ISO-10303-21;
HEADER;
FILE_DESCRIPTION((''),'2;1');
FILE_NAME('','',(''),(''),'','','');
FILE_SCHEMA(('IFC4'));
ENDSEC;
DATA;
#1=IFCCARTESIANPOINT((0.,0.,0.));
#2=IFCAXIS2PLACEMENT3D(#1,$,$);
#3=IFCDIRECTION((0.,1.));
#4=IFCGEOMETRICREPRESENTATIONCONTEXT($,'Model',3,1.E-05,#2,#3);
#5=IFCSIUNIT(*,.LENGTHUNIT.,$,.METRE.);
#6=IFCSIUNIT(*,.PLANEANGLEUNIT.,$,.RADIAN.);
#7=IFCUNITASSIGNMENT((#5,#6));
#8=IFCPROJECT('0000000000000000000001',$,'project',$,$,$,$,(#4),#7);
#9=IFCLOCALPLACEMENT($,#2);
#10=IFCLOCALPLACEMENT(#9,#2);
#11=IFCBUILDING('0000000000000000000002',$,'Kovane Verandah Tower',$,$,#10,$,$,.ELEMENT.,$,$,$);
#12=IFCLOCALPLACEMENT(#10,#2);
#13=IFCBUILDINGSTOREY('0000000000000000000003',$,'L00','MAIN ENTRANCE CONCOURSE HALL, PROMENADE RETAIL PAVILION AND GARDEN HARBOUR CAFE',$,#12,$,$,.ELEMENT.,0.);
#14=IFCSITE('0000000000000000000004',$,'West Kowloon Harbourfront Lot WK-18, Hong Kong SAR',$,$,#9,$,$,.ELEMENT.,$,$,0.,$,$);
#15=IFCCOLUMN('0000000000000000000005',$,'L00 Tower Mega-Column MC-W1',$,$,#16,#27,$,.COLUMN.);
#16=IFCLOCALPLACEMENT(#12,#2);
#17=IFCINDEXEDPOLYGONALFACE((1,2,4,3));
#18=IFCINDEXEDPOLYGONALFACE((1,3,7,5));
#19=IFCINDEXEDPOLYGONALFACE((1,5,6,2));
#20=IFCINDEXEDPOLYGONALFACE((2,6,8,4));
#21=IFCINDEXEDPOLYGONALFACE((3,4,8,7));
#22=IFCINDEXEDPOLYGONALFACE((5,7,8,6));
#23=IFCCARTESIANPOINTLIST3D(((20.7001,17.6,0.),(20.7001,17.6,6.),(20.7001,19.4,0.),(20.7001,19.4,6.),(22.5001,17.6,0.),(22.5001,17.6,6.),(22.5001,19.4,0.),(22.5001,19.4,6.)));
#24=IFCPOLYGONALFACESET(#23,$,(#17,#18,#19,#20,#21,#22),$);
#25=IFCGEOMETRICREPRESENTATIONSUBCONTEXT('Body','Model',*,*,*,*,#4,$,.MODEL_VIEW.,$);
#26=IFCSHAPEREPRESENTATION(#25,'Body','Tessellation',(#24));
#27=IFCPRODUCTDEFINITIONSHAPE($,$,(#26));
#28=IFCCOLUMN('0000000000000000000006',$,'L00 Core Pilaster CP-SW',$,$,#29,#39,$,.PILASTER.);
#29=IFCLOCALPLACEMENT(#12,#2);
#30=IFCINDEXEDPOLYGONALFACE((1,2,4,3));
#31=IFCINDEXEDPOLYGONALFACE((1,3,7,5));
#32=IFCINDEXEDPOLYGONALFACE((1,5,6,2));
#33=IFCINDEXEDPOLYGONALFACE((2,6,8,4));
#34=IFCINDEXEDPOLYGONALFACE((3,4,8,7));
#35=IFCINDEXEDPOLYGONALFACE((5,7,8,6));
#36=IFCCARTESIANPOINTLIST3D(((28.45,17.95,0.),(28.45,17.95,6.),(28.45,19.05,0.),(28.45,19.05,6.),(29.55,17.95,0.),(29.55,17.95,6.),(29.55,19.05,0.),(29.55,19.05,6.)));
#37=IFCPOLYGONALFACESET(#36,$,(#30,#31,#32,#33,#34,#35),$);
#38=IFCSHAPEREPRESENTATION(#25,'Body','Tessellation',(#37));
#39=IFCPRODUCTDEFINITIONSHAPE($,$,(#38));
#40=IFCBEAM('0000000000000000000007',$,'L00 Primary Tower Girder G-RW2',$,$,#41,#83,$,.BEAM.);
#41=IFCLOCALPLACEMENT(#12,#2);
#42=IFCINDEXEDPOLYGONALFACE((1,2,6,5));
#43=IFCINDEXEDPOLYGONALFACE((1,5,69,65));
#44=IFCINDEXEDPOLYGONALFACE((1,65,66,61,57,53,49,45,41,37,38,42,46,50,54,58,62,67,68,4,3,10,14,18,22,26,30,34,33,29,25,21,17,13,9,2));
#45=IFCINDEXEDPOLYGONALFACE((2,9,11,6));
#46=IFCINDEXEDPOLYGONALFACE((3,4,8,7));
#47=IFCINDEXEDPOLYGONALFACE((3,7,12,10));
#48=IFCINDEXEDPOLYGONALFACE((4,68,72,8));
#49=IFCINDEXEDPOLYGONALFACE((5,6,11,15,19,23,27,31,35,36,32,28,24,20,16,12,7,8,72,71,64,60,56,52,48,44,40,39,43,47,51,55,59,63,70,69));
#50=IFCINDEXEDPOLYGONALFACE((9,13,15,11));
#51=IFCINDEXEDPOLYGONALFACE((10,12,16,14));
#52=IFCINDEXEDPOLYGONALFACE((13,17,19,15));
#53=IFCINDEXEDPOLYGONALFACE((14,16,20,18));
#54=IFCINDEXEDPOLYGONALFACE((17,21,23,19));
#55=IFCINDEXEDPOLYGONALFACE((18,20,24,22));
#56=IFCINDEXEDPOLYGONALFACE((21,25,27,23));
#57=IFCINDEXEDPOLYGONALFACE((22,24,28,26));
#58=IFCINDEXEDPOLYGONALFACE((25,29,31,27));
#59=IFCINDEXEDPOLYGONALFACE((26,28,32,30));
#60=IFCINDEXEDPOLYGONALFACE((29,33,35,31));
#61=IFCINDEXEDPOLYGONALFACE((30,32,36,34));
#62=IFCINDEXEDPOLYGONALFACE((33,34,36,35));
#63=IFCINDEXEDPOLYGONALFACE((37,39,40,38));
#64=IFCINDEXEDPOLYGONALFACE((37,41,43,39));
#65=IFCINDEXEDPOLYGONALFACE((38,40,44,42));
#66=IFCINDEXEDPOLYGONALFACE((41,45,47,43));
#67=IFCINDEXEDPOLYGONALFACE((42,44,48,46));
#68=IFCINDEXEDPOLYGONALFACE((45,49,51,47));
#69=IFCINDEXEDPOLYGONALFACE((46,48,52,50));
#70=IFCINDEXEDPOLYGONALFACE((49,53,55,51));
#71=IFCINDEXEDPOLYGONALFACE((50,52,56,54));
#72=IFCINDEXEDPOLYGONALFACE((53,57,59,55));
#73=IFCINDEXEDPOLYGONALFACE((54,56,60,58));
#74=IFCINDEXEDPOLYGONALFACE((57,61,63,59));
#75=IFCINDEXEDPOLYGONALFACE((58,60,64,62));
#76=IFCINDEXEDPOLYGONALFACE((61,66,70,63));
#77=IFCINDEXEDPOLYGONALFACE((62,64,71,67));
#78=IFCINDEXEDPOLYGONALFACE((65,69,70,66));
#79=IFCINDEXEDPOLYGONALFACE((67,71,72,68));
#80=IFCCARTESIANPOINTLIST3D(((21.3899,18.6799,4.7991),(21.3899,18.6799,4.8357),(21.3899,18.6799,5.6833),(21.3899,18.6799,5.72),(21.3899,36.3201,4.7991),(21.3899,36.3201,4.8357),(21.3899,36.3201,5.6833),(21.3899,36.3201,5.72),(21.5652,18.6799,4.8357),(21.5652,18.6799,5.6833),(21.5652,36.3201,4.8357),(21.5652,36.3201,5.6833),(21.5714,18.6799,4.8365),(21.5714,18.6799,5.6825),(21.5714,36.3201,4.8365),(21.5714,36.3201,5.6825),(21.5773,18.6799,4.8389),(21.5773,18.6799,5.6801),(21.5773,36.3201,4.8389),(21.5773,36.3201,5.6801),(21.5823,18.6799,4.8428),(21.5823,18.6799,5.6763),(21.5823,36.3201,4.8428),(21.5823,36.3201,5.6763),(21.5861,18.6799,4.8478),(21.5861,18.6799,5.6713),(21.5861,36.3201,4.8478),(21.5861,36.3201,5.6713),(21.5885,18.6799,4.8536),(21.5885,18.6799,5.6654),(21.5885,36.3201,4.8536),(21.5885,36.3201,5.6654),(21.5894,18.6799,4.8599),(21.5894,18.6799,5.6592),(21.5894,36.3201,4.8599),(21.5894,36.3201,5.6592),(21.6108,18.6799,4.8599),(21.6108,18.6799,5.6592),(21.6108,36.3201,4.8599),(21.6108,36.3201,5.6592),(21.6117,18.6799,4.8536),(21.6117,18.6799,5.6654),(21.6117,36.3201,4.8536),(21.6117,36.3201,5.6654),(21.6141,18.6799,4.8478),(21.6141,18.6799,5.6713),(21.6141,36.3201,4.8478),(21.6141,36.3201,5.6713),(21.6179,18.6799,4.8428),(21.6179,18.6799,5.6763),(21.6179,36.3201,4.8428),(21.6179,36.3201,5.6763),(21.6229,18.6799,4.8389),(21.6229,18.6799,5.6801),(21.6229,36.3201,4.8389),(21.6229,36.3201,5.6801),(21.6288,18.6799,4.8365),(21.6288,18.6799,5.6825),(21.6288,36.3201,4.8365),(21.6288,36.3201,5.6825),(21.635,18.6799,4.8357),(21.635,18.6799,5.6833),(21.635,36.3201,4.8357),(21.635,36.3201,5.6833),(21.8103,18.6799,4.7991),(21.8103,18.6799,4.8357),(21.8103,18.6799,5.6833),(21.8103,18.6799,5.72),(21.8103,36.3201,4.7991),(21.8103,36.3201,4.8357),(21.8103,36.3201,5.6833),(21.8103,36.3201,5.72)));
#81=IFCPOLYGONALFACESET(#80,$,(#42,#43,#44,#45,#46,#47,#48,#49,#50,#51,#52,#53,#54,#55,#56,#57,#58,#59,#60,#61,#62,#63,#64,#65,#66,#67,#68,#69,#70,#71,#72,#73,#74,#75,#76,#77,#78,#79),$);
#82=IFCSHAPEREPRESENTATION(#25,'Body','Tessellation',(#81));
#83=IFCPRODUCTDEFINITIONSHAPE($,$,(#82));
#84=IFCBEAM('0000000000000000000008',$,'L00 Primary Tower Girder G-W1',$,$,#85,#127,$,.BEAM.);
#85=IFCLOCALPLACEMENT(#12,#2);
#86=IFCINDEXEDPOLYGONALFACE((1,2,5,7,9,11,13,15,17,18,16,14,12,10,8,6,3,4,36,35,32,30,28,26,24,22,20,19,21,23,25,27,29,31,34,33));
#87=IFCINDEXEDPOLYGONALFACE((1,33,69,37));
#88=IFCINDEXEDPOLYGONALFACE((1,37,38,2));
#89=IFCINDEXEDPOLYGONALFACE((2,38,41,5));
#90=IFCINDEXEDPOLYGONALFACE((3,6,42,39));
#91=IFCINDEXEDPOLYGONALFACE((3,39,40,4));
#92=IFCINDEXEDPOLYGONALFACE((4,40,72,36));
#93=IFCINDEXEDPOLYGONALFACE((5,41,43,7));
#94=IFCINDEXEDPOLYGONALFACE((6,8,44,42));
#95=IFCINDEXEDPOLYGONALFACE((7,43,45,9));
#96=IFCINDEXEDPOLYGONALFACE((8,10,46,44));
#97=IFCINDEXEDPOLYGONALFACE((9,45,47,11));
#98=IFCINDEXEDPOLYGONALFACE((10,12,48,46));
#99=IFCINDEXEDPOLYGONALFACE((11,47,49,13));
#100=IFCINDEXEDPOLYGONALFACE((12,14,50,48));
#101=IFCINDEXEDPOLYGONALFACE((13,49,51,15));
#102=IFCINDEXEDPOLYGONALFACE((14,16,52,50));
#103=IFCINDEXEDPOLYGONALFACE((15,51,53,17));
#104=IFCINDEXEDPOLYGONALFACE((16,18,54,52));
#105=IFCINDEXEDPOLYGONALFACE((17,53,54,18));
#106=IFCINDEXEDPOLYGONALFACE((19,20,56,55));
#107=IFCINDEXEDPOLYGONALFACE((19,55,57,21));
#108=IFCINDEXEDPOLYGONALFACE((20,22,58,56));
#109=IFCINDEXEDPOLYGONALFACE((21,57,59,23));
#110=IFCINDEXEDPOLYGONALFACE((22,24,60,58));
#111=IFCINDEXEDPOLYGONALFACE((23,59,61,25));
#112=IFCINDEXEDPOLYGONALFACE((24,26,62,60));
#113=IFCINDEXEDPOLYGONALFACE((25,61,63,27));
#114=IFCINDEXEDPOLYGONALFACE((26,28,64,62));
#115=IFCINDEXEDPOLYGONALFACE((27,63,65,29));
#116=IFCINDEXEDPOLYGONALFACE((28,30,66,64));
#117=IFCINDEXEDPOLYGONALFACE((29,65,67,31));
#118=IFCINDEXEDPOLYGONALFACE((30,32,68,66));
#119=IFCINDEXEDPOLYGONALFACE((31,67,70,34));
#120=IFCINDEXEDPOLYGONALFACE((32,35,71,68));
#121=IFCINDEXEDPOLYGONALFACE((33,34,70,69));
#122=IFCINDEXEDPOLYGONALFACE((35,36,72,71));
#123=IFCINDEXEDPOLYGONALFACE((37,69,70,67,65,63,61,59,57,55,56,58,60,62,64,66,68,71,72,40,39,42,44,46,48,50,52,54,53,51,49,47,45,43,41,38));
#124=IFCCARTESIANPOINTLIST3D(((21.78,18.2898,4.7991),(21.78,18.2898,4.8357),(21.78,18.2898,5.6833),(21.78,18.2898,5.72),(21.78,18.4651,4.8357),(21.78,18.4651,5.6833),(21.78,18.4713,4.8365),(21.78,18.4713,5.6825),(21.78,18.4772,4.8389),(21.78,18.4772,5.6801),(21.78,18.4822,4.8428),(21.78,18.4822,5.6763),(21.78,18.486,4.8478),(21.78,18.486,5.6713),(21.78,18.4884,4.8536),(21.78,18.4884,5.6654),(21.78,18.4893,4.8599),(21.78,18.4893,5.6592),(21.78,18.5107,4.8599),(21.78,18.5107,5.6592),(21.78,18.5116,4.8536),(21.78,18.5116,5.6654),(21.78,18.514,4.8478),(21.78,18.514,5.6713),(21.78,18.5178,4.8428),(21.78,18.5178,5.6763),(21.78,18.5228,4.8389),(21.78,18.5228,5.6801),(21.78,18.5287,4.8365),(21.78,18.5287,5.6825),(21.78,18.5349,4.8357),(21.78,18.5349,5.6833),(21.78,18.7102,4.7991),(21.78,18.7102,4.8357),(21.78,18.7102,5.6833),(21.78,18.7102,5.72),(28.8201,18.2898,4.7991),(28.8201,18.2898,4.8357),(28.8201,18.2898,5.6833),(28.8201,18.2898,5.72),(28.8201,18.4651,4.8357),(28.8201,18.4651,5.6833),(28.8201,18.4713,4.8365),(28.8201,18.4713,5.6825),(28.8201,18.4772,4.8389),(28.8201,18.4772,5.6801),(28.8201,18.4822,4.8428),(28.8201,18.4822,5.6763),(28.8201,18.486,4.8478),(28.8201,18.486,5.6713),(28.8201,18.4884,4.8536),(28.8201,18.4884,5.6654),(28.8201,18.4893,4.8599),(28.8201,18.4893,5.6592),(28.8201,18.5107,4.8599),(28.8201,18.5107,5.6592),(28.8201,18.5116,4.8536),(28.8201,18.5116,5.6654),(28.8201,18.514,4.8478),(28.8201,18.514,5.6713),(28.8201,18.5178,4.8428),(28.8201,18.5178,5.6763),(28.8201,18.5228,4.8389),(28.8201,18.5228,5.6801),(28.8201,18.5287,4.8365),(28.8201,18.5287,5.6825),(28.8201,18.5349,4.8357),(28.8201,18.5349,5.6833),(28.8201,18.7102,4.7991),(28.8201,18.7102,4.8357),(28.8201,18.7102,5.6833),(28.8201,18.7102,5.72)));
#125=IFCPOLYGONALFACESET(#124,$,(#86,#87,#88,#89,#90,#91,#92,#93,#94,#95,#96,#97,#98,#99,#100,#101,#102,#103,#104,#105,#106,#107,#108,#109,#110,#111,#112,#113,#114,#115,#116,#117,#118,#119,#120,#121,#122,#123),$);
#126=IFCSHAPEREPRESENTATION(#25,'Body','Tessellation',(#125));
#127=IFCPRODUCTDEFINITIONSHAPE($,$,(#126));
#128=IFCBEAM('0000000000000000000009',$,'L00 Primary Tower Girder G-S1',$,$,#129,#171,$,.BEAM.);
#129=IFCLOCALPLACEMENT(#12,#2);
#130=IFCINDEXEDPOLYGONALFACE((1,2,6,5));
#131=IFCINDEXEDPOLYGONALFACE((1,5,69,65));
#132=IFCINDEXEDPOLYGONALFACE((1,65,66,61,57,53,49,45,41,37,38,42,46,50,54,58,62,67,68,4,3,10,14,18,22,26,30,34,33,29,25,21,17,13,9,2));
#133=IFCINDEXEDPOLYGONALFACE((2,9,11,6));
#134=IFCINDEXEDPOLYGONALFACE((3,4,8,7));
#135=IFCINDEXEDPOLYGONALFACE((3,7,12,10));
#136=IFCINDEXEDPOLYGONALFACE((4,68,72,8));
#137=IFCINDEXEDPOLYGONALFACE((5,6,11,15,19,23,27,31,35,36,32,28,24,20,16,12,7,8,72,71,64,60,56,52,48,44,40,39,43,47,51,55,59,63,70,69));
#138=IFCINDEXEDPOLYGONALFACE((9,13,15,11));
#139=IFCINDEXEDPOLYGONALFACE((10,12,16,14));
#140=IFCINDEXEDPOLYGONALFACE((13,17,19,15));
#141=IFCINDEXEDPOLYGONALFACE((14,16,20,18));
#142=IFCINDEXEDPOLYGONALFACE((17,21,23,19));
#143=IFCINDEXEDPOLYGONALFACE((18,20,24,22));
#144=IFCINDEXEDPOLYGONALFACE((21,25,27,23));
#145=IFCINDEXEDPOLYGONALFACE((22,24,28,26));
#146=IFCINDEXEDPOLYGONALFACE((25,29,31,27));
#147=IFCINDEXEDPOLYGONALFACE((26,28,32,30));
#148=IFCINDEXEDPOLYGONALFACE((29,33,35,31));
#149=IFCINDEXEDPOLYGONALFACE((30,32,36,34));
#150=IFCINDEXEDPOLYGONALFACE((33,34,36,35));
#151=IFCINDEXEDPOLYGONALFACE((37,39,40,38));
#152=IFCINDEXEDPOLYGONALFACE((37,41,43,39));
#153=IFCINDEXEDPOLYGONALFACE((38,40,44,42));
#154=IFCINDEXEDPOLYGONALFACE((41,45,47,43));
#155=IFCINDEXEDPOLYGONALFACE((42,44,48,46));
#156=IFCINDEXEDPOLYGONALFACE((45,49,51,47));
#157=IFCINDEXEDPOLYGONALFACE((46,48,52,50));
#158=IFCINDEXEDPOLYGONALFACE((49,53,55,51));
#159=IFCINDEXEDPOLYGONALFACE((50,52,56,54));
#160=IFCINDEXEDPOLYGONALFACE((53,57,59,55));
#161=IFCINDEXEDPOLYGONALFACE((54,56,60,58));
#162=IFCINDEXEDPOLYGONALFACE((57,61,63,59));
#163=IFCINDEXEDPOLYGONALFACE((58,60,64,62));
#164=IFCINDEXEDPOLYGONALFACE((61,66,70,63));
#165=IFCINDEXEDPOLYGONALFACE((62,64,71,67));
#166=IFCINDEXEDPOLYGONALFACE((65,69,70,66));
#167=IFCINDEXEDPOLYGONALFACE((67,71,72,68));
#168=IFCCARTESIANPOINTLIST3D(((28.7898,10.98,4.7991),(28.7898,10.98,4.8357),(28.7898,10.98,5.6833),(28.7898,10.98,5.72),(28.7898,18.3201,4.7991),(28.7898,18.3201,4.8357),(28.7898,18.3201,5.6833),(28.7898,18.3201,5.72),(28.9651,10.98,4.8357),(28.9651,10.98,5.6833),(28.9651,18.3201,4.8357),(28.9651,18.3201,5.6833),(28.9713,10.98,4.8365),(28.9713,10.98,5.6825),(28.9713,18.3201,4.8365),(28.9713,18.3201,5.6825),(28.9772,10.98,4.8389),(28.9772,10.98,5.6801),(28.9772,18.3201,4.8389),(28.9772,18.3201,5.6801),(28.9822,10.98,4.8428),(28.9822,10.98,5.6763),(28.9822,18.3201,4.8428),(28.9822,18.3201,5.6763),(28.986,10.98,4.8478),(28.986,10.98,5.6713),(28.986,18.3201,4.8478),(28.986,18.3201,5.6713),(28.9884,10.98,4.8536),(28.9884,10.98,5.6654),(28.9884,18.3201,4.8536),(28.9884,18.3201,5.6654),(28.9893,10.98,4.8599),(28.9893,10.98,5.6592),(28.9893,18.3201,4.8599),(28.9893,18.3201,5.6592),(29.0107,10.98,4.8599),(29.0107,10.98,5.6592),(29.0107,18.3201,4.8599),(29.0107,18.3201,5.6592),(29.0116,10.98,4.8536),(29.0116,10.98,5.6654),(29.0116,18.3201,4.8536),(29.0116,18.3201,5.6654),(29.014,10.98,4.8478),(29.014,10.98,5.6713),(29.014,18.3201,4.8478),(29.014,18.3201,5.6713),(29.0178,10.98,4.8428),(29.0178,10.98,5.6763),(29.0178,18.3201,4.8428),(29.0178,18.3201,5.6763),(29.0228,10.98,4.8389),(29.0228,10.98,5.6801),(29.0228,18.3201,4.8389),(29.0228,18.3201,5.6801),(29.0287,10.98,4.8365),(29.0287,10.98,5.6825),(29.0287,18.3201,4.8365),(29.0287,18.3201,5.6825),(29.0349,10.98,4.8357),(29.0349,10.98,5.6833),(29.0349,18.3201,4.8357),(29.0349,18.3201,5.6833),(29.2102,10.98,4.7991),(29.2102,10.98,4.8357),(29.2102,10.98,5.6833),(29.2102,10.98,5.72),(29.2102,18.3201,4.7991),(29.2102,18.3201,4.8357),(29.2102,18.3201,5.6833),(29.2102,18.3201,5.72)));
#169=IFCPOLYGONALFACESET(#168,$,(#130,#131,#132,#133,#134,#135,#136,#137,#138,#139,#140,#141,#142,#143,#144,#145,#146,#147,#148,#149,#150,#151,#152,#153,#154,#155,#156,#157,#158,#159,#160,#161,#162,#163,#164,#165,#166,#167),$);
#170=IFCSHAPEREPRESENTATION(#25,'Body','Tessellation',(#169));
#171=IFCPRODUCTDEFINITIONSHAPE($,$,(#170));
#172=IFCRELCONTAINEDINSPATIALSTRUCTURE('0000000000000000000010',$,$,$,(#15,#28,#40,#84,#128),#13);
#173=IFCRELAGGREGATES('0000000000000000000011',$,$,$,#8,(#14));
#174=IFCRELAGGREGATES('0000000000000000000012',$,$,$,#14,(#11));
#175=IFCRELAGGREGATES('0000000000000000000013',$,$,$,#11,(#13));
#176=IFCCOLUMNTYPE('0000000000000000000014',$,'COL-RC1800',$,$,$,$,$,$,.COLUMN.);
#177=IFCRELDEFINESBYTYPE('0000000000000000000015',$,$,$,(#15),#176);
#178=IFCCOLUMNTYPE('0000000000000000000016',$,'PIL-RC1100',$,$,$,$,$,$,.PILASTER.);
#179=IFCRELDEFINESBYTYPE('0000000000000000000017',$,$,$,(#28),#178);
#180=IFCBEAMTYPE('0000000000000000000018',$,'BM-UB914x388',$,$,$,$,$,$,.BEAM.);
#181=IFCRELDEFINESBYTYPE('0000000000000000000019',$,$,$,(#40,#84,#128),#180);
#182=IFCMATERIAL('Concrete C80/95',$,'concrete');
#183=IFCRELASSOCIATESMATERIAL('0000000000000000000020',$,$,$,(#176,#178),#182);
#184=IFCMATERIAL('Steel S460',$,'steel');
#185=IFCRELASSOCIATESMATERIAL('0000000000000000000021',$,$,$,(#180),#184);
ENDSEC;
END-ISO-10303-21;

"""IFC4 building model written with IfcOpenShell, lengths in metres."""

from ifc_helpers import new_model, si_unit, direction, frame, origin, origin_2d, place, context, subcontext, project, spatial, rectangle, i_section, extrude, material, material_profile, profile_set, type_object, element, save


model = new_model("IFC4")

# Units and contexts
model_context = context("Model", 3, precision=1e-05, world=origin(), true_north=direction((0.0, 1.0)))
body_context = subcontext(model_context, "Body", "Model", "MODEL_VIEW")
ifc_project = project(units=[si_unit("LENGTHUNIT", "METRE"), si_unit("PLANEANGLEUNIT", "RADIAN")], contexts=[model_context])

# Site, building, storey
site_placement = place(None, origin())
site = spatial("IfcSite", under=ifc_project, at=site_placement, Name="West Kowloon Harbourfront Lot WK-18, Hong Kong SAR", CompositionType="ELEMENT", RefElevation=0.0)
building_placement = place(site_placement, origin())
building = spatial("IfcBuilding", under=site, at=building_placement, Name="Kovane Verandah Tower", CompositionType="ELEMENT")
storey_placement = place(building_placement, origin())
storey = spatial("IfcBuildingStorey", under=building, at=storey_placement, Name="L00", Description="MAIN ENTRANCE CONCOURSE HALL, PROMENADE RETAIL PAVILION AND GARDEN HARBOUR CAFE", CompositionType="ELEMENT", Elevation=0.0)

# Columns
ifc_material_1 = material(Name="Concrete C80/95", Category="concrete")
ifc_material_profile_1 = material_profile(ifc_material_1, rectangle(XDim=1.8, YDim=1.8, at=origin_2d()), Name="RC1800x1800")
ifc_profile_set_1 = profile_set([ifc_material_profile_1], Name="Concrete C80/95")
column_type_1 = type_object("IfcColumnType", Name="COL-RC1800", PredefinedType="COLUMN", material=ifc_profile_set_1)
column_1_placement = place(storey_placement, frame((21.6001, 18.5, 0.0), z_axis=(0.0, 0.0, 1.0), x_axis=(1.0, 0.0, 0.0)))
element("IfcColumn", 1, at=column_1_placement, inside=storey, type_object=column_type_1, Name="L00 Tower Mega-Column MC-W1", PredefinedType="COLUMN", context=body_context, shape_type="SweptSolid", body=[
    extrude(rectangle(XDim=1.8, YDim=1.8, at=origin_2d()), origin(), (0.0, 0.0, 1.0), 6.0),
])
ifc_material_profile_2 = material_profile(ifc_material_1, rectangle(XDim=1.1001, YDim=1.1001, at=origin_2d()), Name="RC1100x1100")
ifc_profile_set_2 = profile_set([ifc_material_profile_2], Name="Concrete C80/95")
column_type_2 = type_object("IfcColumnType", Name="PIL-RC1100", PredefinedType="PILASTER", material=ifc_profile_set_2)
column_2_placement = place(storey_placement, frame((29.0, 18.5, 0.0), z_axis=(0.0, 0.0, 1.0), x_axis=(1.0, 0.0, 0.0)))
element("IfcColumn", 2, at=column_2_placement, inside=storey, type_object=column_type_2, Name="L00 Core Pilaster CP-SW", PredefinedType="PILASTER", context=body_context, shape_type="SweptSolid", body=[
    extrude(rectangle(XDim=1.1001, YDim=1.1001, at=origin_2d()), origin(), (0.0, 0.0, 1.0), 6.0),
])

# Beams
ifc_material_2 = material(Name="Steel S460", Category="steel")
ifc_material_profile_3 = material_profile(ifc_material_2, i_section(OverallWidth=0.4204, OverallDepth=0.9209, WebThickness=0.0215, FlangeThickness=0.0366, FilletRadius=0.0242, at=origin_2d()), Name="UB914x419x388")
ifc_profile_set_3 = profile_set([ifc_material_profile_3], Name="Steel S460")
beam_type_1 = type_object("IfcBeamType", Name="BM-UB914x388", PredefinedType="BEAM", material=ifc_profile_set_3)
beam_1_placement = place(storey_placement, frame((21.6001, 18.6799, 5.2595), z_axis=(0.0, 1.0, 0.0), x_axis=(-1.0, 0.0, 0.0)))
element("IfcBeam", 3, at=beam_1_placement, inside=storey, type_object=beam_type_1, Name="L00 Primary Tower Girder G-RW2", PredefinedType="BEAM", context=body_context, shape_type="SweptSolid", body=[
    extrude(i_section(OverallWidth=0.4204, OverallDepth=0.9209, WebThickness=0.0215, FlangeThickness=0.0366, FilletRadius=0.0242, at=origin_2d()), origin(), (0.0, 0.0, 1.0), 17.6401),
])
beam_2_placement = place(storey_placement, frame((28.8201, 18.5, 5.2595), z_axis=(-1.0, 0.0, 0.0), x_axis=(0.0, -1.0, 0.0)))
element("IfcBeam", 4, at=beam_2_placement, inside=storey, type_object=beam_type_1, Name="L00 Primary Tower Girder G-W1", PredefinedType="BEAM", context=body_context, shape_type="SweptSolid", body=[
    extrude(i_section(OverallWidth=0.4204, OverallDepth=0.9209, WebThickness=0.0215, FlangeThickness=0.0366, FilletRadius=0.0242, at=origin_2d()), origin(), (0.0, 0.0, 1.0), 7.04),
])
beam_3_placement = place(storey_placement, frame((29.0, 18.3201, 5.2595), z_axis=(0.0, -1.0, 0.0), x_axis=(1.0, 0.0, 0.0)))
element("IfcBeam", 5, at=beam_3_placement, inside=storey, type_object=beam_type_1, Name="L00 Primary Tower Girder G-S1", PredefinedType="BEAM", context=body_context, shape_type="SweptSolid", body=[
    extrude(i_section(OverallWidth=0.4204, OverallDepth=0.9209, WebThickness=0.0215, FlangeThickness=0.0366, FilletRadius=0.0242, at=origin_2d()), origin(), (0.0, 0.0, 1.0), 7.3401),
])

save(model, "model.ifc")
